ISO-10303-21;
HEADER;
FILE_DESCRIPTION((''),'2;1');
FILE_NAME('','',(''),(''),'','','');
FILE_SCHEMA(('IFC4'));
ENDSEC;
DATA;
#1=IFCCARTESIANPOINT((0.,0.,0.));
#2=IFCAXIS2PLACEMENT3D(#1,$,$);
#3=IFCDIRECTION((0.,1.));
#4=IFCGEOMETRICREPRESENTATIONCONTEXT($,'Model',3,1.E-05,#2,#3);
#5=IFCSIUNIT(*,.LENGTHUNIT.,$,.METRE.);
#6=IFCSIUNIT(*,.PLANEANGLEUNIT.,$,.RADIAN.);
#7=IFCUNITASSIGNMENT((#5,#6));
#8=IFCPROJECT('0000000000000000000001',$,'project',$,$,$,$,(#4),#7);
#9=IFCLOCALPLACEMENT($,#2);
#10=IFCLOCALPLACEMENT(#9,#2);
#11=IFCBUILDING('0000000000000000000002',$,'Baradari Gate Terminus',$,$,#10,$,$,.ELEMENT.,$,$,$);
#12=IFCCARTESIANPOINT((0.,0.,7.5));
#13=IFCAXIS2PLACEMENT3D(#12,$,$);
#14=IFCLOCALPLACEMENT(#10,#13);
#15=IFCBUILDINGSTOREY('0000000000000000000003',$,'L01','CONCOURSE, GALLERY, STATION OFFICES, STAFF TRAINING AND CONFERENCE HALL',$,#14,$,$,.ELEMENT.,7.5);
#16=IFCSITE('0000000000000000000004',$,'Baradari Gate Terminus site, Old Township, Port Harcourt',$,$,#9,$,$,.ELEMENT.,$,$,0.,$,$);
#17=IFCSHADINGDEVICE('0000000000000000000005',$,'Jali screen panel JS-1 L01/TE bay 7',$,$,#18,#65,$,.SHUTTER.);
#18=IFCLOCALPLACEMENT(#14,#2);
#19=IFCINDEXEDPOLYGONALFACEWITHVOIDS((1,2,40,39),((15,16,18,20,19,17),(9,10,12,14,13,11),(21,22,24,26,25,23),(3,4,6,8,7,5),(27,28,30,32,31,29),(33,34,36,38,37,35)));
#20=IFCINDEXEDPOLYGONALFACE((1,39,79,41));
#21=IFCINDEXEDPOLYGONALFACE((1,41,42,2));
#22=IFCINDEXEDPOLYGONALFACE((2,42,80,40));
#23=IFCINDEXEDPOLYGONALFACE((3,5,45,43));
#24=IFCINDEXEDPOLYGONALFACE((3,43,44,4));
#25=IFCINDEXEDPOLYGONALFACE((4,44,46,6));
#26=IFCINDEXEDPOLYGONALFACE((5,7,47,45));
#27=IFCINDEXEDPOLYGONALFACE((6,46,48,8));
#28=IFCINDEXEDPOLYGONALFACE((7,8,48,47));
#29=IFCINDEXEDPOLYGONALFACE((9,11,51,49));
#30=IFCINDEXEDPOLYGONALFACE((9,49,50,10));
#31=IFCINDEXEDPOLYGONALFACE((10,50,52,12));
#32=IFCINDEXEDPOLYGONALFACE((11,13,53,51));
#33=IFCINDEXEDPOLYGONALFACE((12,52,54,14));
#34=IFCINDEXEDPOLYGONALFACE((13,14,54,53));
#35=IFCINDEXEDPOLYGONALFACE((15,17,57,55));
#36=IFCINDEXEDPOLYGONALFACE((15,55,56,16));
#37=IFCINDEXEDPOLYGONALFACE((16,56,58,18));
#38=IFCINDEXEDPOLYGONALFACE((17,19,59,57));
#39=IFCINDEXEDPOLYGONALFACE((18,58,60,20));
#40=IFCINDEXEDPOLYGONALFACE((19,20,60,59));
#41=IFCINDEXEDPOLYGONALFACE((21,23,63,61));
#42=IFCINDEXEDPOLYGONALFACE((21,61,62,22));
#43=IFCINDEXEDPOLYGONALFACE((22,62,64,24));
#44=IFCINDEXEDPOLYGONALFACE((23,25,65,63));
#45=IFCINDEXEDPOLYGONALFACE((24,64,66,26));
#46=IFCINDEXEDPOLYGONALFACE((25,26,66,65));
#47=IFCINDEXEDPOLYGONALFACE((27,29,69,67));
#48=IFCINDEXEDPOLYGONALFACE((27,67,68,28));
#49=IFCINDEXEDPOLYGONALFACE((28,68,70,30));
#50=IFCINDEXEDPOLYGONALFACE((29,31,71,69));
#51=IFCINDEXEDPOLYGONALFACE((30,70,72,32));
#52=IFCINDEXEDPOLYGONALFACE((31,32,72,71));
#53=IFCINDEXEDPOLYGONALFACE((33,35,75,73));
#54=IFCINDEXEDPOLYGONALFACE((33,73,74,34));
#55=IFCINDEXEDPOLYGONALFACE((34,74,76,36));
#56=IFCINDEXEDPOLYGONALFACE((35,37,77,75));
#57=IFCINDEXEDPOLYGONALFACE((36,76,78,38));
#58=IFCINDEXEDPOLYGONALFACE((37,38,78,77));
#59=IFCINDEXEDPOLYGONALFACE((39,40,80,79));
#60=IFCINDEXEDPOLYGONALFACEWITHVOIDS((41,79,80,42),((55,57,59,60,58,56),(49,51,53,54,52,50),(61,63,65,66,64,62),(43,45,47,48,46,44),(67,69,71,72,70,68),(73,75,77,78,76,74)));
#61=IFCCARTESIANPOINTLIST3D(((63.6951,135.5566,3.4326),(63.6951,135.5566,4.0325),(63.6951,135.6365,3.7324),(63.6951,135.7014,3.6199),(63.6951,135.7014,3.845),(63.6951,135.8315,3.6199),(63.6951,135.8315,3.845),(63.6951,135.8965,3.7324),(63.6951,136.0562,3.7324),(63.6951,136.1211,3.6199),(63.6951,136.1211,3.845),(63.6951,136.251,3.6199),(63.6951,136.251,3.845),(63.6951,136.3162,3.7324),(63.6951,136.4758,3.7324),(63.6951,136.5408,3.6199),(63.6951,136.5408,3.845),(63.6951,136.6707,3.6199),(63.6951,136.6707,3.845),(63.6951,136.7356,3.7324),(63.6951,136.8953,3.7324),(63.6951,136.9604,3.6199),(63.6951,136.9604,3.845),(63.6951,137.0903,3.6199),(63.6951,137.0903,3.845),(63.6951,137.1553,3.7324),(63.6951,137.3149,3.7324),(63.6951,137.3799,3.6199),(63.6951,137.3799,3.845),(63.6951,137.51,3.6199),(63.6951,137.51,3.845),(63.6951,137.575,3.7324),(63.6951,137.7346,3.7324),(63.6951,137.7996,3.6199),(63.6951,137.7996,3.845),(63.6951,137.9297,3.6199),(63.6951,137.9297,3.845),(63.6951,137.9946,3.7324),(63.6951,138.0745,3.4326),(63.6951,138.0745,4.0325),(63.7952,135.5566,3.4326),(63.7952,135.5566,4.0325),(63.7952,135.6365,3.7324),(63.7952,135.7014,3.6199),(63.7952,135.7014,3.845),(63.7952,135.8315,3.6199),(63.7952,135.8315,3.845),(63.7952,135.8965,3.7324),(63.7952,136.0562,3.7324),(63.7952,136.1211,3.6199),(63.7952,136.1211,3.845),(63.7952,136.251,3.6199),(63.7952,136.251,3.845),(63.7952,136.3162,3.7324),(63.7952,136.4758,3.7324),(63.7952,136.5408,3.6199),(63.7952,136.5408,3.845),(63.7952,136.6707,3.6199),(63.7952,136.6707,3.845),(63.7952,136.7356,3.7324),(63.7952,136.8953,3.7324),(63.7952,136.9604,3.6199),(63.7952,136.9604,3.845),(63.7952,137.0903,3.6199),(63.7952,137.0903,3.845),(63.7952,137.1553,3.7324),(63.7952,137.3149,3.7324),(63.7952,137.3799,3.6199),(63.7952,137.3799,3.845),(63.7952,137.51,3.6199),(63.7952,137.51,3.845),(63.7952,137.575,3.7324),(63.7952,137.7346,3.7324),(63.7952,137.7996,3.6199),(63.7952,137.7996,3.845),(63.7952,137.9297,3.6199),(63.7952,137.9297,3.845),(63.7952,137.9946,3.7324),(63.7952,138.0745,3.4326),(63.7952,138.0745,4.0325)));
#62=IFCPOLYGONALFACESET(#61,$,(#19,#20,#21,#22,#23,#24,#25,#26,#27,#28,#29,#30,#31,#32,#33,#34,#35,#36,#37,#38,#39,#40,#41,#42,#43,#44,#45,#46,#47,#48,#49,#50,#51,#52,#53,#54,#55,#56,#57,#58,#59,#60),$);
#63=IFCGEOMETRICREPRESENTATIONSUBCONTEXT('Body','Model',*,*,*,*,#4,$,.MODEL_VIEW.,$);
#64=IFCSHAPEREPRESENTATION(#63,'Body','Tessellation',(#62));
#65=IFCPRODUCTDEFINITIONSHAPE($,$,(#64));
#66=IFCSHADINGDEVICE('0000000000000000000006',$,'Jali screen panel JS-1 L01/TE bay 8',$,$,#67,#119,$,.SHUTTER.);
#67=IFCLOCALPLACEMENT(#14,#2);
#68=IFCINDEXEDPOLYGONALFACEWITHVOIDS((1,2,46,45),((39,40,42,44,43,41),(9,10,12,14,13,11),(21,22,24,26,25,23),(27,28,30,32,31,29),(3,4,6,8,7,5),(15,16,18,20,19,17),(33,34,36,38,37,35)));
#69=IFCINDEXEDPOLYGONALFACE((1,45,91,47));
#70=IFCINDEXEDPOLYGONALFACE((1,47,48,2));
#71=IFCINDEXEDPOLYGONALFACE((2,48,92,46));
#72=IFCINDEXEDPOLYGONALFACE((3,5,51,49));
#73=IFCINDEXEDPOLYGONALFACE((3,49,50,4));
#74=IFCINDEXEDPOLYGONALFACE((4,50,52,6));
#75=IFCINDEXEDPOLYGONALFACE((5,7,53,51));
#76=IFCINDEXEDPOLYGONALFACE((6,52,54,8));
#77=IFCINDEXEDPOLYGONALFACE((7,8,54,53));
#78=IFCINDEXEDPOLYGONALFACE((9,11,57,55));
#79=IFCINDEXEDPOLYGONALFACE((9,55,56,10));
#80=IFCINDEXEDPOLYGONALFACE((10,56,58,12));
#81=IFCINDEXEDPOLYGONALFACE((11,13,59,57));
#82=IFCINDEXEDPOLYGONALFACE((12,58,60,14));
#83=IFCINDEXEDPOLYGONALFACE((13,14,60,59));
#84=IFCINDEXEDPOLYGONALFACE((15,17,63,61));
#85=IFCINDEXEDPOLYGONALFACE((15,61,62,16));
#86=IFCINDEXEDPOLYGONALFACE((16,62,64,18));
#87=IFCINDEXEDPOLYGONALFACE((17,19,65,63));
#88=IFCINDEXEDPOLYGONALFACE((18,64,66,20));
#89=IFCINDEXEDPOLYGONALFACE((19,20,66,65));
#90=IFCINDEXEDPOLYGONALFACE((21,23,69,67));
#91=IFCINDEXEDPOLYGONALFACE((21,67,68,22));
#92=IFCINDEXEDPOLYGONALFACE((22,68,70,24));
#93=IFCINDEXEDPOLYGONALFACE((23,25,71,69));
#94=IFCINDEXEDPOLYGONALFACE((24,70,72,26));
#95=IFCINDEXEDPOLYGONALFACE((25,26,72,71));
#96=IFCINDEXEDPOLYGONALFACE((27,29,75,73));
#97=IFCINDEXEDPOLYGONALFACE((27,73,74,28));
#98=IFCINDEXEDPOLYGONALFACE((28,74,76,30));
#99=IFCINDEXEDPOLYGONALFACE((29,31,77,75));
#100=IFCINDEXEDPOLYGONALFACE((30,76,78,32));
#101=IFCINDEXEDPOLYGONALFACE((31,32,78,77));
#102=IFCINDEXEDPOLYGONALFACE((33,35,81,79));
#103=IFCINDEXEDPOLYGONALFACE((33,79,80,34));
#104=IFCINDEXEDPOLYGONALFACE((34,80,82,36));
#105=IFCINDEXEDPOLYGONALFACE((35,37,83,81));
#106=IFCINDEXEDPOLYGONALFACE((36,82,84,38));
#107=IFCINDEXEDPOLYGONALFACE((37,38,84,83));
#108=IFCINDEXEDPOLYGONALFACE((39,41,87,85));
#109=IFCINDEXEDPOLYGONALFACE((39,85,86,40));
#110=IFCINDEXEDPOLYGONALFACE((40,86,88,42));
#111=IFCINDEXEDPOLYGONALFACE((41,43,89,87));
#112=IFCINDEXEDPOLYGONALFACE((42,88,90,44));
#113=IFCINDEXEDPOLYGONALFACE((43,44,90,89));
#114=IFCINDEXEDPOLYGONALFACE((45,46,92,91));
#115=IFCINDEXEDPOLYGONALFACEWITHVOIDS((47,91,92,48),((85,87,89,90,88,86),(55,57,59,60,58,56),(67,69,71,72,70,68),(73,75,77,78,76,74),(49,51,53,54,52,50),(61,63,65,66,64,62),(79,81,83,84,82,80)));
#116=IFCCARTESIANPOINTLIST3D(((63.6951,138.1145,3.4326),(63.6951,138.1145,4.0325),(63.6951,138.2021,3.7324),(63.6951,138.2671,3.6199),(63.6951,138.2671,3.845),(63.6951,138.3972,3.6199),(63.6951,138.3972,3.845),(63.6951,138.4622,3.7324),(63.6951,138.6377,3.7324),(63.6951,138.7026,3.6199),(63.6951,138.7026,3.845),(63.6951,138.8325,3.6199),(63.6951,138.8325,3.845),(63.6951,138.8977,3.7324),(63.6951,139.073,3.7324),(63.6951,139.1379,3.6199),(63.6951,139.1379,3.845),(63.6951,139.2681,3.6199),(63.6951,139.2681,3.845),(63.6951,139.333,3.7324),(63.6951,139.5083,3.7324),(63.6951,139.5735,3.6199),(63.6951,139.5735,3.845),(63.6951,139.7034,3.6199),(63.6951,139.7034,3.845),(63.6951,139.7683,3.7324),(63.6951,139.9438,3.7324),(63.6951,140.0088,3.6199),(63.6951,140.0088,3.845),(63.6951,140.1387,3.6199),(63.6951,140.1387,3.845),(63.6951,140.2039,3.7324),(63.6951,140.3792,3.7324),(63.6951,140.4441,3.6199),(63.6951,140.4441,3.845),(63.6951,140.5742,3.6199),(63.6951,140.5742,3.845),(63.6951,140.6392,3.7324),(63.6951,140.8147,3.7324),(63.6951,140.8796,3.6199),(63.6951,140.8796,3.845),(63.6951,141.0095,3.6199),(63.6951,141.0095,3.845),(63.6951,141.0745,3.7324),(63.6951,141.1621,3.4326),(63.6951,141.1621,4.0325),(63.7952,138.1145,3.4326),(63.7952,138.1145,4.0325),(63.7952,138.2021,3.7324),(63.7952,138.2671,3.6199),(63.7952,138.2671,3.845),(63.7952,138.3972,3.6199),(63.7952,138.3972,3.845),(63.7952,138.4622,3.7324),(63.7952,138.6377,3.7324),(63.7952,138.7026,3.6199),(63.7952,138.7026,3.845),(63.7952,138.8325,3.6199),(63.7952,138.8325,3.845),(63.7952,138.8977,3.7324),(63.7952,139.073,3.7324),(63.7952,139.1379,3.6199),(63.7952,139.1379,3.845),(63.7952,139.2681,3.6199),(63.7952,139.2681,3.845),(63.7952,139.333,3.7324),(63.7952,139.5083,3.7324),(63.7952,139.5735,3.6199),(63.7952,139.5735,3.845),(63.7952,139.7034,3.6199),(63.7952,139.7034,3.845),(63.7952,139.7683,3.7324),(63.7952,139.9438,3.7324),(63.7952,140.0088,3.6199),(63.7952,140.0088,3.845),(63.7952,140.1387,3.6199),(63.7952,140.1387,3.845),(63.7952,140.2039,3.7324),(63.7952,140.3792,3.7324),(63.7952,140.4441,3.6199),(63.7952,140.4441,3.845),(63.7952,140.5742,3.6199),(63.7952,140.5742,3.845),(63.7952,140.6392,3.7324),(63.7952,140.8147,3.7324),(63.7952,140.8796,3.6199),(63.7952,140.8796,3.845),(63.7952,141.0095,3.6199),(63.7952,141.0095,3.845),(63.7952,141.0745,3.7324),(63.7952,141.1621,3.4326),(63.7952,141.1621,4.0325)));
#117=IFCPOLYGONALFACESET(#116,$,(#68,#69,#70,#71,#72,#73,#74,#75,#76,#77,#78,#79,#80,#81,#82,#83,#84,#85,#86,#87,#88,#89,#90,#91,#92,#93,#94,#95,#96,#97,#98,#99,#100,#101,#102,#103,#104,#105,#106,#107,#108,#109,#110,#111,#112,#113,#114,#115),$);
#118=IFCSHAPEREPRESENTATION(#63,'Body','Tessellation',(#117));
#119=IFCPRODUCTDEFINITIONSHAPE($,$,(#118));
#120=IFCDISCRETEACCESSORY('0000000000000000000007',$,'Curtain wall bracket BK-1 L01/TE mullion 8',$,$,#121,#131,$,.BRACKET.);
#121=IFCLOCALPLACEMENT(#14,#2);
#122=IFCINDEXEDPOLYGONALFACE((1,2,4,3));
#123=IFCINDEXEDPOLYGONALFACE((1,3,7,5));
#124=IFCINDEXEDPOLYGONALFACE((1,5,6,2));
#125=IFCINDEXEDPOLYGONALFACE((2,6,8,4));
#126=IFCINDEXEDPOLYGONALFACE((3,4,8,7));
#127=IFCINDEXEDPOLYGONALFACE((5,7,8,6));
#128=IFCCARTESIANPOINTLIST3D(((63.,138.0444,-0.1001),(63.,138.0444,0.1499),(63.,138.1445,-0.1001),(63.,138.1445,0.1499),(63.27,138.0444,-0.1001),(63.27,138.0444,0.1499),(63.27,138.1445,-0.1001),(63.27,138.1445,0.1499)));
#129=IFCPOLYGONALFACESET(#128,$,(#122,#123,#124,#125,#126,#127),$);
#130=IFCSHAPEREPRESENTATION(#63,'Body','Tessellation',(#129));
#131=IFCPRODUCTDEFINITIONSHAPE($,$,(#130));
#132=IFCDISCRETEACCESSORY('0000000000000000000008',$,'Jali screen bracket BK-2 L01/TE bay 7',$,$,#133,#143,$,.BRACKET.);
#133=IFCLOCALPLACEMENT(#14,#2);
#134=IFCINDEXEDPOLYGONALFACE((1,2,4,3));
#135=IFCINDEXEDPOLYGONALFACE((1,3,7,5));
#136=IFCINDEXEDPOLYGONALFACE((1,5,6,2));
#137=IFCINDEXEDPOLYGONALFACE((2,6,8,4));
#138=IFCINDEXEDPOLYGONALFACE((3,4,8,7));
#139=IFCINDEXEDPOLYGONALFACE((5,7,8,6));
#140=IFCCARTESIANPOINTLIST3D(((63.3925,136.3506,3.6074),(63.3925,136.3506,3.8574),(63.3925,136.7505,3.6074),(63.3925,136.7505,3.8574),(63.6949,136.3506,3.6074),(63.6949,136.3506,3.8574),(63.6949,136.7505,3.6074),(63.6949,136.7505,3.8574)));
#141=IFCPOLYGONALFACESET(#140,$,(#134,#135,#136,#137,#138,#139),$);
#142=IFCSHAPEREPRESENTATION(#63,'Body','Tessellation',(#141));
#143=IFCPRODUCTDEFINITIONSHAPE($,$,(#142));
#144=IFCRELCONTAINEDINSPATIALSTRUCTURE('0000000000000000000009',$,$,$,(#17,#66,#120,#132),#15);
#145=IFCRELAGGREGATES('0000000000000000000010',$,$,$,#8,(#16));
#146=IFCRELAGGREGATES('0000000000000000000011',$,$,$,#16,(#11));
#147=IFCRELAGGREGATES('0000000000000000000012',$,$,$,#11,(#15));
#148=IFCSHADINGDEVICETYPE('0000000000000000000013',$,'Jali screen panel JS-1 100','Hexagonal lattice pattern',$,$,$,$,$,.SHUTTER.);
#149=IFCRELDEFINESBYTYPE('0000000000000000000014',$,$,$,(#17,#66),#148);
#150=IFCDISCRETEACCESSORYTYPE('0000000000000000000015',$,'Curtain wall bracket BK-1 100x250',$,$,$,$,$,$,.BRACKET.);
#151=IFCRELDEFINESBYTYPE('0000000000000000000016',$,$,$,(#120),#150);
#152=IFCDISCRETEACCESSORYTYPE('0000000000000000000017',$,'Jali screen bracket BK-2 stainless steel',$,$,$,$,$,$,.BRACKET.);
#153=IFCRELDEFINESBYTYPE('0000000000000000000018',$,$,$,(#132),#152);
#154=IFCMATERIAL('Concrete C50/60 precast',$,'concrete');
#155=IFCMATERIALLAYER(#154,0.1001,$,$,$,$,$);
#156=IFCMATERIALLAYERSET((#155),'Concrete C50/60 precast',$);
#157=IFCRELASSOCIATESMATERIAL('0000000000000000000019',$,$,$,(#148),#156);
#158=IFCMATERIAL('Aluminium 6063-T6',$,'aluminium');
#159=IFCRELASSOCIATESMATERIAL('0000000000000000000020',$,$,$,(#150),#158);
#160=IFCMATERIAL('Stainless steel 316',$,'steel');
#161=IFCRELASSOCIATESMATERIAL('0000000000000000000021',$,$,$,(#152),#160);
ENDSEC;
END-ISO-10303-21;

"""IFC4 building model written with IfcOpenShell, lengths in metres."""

from ifc_helpers import new_model, si_unit, direction, frame, origin, origin_2d, place, context, subcontext, project, spatial, polyline, rectangle, outline, extrude, material, layer, layer_set, type_object, element, save


model = new_model("IFC4")

# Units and contexts
model_context = context("Model", 3, precision=1e-05, world=origin(), true_north=direction((0.0, 1.0)))
body_context = subcontext(model_context, "Body", "Model", "MODEL_VIEW")
ifc_project = project(units=[si_unit("LENGTHUNIT", "METRE"), si_unit("PLANEANGLEUNIT", "RADIAN")], contexts=[model_context])

# Site, building, storey
site_placement = place(None, origin())
site = spatial("IfcSite", under=ifc_project, at=site_placement, Name="Baradari Gate Terminus site, Old Township, Port Harcourt", CompositionType="ELEMENT", RefElevation=0.0)
building_placement = place(site_placement, origin())
building = spatial("IfcBuilding", under=site, at=building_placement, Name="Baradari Gate Terminus", CompositionType="ELEMENT")
storey_placement = place(building_placement, frame((0.0, 0.0, 7.5)))
storey = spatial("IfcBuildingStorey", under=building, at=storey_placement, Name="L01", Description="CONCOURSE, GALLERY, STATION OFFICES, STAFF TRAINING AND CONFERENCE HALL", CompositionType="ELEMENT", Elevation=7.5)

# Shading devices
ifc_material_1 = material(Name="Concrete C50/60 precast", Category="concrete")
ifc_layer_1 = layer(ifc_material_1, 0.1001)
ifc_layer_set_1 = layer_set([ifc_layer_1], Name="Concrete C50/60 precast")
shading_device_type = type_object("IfcShadingDeviceType", Name="Jali screen panel JS-1 100", Description="Hexagonal lattice pattern", PredefinedType="SHUTTER", material=ifc_layer_set_1)
shading_device_1_placement = place(storey_placement, frame((63.7451, 135.5566, 3.4326), z_axis=(0.0, 0.0, 1.0), x_axis=(0.0, 1.0, 0.0)))
element("IfcShadingDevice", 1, at=shading_device_1_placement, inside=storey, type_object=shading_device_type, Name="Jali screen panel JS-1 L01/TE bay 7", PredefinedType="SHUTTER", context=body_context, shape_type="SweptSolid", body=[
    extrude(outline(polyline([(0.0, 0.0), (2.5178, 0.0), (2.5178, 0.5999), (0.0, 0.5999), (0.0, 0.0)]), holes=[polyline([(0.3398, 0.2998), (0.2749, 0.1873), (0.1448, 0.1873), (0.0798, 0.2998), (0.1448, 0.4124), (0.2749, 0.4124), (0.3398, 0.2998)]), polyline([(0.7595, 0.2998), (0.6943, 0.1873), (0.5645, 0.1873), (0.4995, 0.2998), (0.5645, 0.4124), (0.6943, 0.4124), (0.7595, 0.2998)]), polyline([(1.179, 0.2998), (1.114, 0.1873), (0.9841, 0.1873), (0.9192, 0.2998), (0.9841, 0.4124), (1.114, 0.4124), (1.179, 0.2998)]), polyline([(1.5986, 0.2998), (1.5337, 0.1873), (1.4038, 0.1873), (1.3386, 0.2998), (1.4038, 0.4124), (1.5337, 0.4124), (1.5986, 0.2998)]), polyline([(2.0183, 0.2998), (1.9534, 0.1873), (1.8232, 0.1873), (1.7583, 0.2998), (1.8232, 0.4124), (1.9534, 0.4124), (2.0183, 0.2998)]), polyline([(2.438, 0.2998), (2.373, 0.1873), (2.2429, 0.1873), (2.178, 0.2998), (2.2429, 0.4124), (2.373, 0.4124), (2.438, 0.2998)])]), frame((0.0, 0.05, 0.0), z_axis=(0.0, -1.0, 0.0), x_axis=(1.0, 0.0, 0.0)), (0.0, 0.0, 1.0), 0.1001),
])
shading_device_2_placement = place(storey_placement, frame((63.7451, 138.1145, 3.4326), z_axis=(0.0, 0.0, 1.0), x_axis=(0.0, 1.0, 0.0)))
element("IfcShadingDevice", 2, at=shading_device_2_placement, inside=storey, type_object=shading_device_type, Name="Jali screen panel JS-1 L01/TE bay 8", PredefinedType="SHUTTER", context=body_context, shape_type="SweptSolid", body=[
    extrude(outline(polyline([(0.0, 0.0), (3.0476, 0.0), (3.0476, 0.5999), (0.0, 0.5999), (0.0, 0.0)]), holes=[polyline([(0.3477, 0.2998), (0.2827, 0.1873), (0.1526, 0.1873), (0.0876, 0.2998), (0.1526, 0.4124), (0.2827, 0.4124), (0.3477, 0.2998)]), polyline([(0.7832, 0.2998), (0.718, 0.1873), (0.5881, 0.1873), (0.5232, 0.2998), (0.5881, 0.4124), (0.718, 0.4124), (0.7832, 0.2998)]), polyline([(1.2185, 0.2998), (1.1536, 0.1873), (1.0234, 0.1873), (0.9585, 0.2998), (1.0234, 0.4124), (1.1536, 0.4124), (1.2185, 0.2998)]), polyline([(1.6538, 0.2998), (1.5889, 0.1873), (1.459, 0.1873), (1.3938, 0.2998), (1.459, 0.4124), (1.5889, 0.4124), (1.6538, 0.2998)]), polyline([(2.0894, 0.2998), (2.0242, 0.1873), (1.8943, 0.1873), (1.8293, 0.2998), (1.8943, 0.4124), (2.0242, 0.4124), (2.0894, 0.2998)]), polyline([(2.5247, 0.2998), (2.4597, 0.1873), (2.3296, 0.1873), (2.2646, 0.2998), (2.3296, 0.4124), (2.4597, 0.4124), (2.5247, 0.2998)]), polyline([(2.96, 0.2998), (2.895, 0.1873), (2.7651, 0.1873), (2.7002, 0.2998), (2.7651, 0.4124), (2.895, 0.4124), (2.96, 0.2998)])]), frame((0.0, 0.05, 0.0), z_axis=(0.0, -1.0, 0.0), x_axis=(1.0, 0.0, 0.0)), (0.0, 0.0, 1.0), 0.1001),
])

# Discrete accessories
ifc_material_2 = material(Name="Aluminium 6063-T6", Category="aluminium")
discrete_accessory_type_1 = type_object("IfcDiscreteAccessoryType", Name="Curtain wall bracket BK-1 100x250", PredefinedType="BRACKET", material=ifc_material_2)
discrete_accessory_1_placement = place(storey_placement, frame((63.135, 138.0945, -0.1001), z_axis=(0.0, 0.0, 1.0), x_axis=(1.0, 0.0, 0.0)))
element("IfcDiscreteAccessory", 3, at=discrete_accessory_1_placement, inside=storey, type_object=discrete_accessory_type_1, Name="Curtain wall bracket BK-1 L01/TE mullion 8", PredefinedType="BRACKET", context=body_context, shape_type="SweptSolid", body=[
    extrude(rectangle(XDim=0.27, YDim=0.1001, at=origin_2d()), origin(), (0.0, 0.0, 1.0), 0.25),
])
ifc_material_3 = material(Name="Stainless steel 316", Category="steel")
discrete_accessory_type_2 = type_object("IfcDiscreteAccessoryType", Name="Jali screen bracket BK-2 stainless steel", PredefinedType="BRACKET", material=ifc_material_3)
discrete_accessory_2_placement = place(storey_placement, frame((63.5437, 136.5505, 3.6074), z_axis=(0.0, 0.0, 1.0), x_axis=(1.0, 0.0, 0.0)))
element("IfcDiscreteAccessory", 4, at=discrete_accessory_2_placement, inside=storey, type_object=discrete_accessory_type_2, Name="Jali screen bracket BK-2 L01/TE bay 7", PredefinedType="BRACKET", context=body_context, shape_type="SweptSolid", body=[
    extrude(rectangle(XDim=0.3025, YDim=0.3999, at=origin_2d()), origin(), (0.0, 0.0, 1.0), 0.25),
])

save(model, "model.ifc")
